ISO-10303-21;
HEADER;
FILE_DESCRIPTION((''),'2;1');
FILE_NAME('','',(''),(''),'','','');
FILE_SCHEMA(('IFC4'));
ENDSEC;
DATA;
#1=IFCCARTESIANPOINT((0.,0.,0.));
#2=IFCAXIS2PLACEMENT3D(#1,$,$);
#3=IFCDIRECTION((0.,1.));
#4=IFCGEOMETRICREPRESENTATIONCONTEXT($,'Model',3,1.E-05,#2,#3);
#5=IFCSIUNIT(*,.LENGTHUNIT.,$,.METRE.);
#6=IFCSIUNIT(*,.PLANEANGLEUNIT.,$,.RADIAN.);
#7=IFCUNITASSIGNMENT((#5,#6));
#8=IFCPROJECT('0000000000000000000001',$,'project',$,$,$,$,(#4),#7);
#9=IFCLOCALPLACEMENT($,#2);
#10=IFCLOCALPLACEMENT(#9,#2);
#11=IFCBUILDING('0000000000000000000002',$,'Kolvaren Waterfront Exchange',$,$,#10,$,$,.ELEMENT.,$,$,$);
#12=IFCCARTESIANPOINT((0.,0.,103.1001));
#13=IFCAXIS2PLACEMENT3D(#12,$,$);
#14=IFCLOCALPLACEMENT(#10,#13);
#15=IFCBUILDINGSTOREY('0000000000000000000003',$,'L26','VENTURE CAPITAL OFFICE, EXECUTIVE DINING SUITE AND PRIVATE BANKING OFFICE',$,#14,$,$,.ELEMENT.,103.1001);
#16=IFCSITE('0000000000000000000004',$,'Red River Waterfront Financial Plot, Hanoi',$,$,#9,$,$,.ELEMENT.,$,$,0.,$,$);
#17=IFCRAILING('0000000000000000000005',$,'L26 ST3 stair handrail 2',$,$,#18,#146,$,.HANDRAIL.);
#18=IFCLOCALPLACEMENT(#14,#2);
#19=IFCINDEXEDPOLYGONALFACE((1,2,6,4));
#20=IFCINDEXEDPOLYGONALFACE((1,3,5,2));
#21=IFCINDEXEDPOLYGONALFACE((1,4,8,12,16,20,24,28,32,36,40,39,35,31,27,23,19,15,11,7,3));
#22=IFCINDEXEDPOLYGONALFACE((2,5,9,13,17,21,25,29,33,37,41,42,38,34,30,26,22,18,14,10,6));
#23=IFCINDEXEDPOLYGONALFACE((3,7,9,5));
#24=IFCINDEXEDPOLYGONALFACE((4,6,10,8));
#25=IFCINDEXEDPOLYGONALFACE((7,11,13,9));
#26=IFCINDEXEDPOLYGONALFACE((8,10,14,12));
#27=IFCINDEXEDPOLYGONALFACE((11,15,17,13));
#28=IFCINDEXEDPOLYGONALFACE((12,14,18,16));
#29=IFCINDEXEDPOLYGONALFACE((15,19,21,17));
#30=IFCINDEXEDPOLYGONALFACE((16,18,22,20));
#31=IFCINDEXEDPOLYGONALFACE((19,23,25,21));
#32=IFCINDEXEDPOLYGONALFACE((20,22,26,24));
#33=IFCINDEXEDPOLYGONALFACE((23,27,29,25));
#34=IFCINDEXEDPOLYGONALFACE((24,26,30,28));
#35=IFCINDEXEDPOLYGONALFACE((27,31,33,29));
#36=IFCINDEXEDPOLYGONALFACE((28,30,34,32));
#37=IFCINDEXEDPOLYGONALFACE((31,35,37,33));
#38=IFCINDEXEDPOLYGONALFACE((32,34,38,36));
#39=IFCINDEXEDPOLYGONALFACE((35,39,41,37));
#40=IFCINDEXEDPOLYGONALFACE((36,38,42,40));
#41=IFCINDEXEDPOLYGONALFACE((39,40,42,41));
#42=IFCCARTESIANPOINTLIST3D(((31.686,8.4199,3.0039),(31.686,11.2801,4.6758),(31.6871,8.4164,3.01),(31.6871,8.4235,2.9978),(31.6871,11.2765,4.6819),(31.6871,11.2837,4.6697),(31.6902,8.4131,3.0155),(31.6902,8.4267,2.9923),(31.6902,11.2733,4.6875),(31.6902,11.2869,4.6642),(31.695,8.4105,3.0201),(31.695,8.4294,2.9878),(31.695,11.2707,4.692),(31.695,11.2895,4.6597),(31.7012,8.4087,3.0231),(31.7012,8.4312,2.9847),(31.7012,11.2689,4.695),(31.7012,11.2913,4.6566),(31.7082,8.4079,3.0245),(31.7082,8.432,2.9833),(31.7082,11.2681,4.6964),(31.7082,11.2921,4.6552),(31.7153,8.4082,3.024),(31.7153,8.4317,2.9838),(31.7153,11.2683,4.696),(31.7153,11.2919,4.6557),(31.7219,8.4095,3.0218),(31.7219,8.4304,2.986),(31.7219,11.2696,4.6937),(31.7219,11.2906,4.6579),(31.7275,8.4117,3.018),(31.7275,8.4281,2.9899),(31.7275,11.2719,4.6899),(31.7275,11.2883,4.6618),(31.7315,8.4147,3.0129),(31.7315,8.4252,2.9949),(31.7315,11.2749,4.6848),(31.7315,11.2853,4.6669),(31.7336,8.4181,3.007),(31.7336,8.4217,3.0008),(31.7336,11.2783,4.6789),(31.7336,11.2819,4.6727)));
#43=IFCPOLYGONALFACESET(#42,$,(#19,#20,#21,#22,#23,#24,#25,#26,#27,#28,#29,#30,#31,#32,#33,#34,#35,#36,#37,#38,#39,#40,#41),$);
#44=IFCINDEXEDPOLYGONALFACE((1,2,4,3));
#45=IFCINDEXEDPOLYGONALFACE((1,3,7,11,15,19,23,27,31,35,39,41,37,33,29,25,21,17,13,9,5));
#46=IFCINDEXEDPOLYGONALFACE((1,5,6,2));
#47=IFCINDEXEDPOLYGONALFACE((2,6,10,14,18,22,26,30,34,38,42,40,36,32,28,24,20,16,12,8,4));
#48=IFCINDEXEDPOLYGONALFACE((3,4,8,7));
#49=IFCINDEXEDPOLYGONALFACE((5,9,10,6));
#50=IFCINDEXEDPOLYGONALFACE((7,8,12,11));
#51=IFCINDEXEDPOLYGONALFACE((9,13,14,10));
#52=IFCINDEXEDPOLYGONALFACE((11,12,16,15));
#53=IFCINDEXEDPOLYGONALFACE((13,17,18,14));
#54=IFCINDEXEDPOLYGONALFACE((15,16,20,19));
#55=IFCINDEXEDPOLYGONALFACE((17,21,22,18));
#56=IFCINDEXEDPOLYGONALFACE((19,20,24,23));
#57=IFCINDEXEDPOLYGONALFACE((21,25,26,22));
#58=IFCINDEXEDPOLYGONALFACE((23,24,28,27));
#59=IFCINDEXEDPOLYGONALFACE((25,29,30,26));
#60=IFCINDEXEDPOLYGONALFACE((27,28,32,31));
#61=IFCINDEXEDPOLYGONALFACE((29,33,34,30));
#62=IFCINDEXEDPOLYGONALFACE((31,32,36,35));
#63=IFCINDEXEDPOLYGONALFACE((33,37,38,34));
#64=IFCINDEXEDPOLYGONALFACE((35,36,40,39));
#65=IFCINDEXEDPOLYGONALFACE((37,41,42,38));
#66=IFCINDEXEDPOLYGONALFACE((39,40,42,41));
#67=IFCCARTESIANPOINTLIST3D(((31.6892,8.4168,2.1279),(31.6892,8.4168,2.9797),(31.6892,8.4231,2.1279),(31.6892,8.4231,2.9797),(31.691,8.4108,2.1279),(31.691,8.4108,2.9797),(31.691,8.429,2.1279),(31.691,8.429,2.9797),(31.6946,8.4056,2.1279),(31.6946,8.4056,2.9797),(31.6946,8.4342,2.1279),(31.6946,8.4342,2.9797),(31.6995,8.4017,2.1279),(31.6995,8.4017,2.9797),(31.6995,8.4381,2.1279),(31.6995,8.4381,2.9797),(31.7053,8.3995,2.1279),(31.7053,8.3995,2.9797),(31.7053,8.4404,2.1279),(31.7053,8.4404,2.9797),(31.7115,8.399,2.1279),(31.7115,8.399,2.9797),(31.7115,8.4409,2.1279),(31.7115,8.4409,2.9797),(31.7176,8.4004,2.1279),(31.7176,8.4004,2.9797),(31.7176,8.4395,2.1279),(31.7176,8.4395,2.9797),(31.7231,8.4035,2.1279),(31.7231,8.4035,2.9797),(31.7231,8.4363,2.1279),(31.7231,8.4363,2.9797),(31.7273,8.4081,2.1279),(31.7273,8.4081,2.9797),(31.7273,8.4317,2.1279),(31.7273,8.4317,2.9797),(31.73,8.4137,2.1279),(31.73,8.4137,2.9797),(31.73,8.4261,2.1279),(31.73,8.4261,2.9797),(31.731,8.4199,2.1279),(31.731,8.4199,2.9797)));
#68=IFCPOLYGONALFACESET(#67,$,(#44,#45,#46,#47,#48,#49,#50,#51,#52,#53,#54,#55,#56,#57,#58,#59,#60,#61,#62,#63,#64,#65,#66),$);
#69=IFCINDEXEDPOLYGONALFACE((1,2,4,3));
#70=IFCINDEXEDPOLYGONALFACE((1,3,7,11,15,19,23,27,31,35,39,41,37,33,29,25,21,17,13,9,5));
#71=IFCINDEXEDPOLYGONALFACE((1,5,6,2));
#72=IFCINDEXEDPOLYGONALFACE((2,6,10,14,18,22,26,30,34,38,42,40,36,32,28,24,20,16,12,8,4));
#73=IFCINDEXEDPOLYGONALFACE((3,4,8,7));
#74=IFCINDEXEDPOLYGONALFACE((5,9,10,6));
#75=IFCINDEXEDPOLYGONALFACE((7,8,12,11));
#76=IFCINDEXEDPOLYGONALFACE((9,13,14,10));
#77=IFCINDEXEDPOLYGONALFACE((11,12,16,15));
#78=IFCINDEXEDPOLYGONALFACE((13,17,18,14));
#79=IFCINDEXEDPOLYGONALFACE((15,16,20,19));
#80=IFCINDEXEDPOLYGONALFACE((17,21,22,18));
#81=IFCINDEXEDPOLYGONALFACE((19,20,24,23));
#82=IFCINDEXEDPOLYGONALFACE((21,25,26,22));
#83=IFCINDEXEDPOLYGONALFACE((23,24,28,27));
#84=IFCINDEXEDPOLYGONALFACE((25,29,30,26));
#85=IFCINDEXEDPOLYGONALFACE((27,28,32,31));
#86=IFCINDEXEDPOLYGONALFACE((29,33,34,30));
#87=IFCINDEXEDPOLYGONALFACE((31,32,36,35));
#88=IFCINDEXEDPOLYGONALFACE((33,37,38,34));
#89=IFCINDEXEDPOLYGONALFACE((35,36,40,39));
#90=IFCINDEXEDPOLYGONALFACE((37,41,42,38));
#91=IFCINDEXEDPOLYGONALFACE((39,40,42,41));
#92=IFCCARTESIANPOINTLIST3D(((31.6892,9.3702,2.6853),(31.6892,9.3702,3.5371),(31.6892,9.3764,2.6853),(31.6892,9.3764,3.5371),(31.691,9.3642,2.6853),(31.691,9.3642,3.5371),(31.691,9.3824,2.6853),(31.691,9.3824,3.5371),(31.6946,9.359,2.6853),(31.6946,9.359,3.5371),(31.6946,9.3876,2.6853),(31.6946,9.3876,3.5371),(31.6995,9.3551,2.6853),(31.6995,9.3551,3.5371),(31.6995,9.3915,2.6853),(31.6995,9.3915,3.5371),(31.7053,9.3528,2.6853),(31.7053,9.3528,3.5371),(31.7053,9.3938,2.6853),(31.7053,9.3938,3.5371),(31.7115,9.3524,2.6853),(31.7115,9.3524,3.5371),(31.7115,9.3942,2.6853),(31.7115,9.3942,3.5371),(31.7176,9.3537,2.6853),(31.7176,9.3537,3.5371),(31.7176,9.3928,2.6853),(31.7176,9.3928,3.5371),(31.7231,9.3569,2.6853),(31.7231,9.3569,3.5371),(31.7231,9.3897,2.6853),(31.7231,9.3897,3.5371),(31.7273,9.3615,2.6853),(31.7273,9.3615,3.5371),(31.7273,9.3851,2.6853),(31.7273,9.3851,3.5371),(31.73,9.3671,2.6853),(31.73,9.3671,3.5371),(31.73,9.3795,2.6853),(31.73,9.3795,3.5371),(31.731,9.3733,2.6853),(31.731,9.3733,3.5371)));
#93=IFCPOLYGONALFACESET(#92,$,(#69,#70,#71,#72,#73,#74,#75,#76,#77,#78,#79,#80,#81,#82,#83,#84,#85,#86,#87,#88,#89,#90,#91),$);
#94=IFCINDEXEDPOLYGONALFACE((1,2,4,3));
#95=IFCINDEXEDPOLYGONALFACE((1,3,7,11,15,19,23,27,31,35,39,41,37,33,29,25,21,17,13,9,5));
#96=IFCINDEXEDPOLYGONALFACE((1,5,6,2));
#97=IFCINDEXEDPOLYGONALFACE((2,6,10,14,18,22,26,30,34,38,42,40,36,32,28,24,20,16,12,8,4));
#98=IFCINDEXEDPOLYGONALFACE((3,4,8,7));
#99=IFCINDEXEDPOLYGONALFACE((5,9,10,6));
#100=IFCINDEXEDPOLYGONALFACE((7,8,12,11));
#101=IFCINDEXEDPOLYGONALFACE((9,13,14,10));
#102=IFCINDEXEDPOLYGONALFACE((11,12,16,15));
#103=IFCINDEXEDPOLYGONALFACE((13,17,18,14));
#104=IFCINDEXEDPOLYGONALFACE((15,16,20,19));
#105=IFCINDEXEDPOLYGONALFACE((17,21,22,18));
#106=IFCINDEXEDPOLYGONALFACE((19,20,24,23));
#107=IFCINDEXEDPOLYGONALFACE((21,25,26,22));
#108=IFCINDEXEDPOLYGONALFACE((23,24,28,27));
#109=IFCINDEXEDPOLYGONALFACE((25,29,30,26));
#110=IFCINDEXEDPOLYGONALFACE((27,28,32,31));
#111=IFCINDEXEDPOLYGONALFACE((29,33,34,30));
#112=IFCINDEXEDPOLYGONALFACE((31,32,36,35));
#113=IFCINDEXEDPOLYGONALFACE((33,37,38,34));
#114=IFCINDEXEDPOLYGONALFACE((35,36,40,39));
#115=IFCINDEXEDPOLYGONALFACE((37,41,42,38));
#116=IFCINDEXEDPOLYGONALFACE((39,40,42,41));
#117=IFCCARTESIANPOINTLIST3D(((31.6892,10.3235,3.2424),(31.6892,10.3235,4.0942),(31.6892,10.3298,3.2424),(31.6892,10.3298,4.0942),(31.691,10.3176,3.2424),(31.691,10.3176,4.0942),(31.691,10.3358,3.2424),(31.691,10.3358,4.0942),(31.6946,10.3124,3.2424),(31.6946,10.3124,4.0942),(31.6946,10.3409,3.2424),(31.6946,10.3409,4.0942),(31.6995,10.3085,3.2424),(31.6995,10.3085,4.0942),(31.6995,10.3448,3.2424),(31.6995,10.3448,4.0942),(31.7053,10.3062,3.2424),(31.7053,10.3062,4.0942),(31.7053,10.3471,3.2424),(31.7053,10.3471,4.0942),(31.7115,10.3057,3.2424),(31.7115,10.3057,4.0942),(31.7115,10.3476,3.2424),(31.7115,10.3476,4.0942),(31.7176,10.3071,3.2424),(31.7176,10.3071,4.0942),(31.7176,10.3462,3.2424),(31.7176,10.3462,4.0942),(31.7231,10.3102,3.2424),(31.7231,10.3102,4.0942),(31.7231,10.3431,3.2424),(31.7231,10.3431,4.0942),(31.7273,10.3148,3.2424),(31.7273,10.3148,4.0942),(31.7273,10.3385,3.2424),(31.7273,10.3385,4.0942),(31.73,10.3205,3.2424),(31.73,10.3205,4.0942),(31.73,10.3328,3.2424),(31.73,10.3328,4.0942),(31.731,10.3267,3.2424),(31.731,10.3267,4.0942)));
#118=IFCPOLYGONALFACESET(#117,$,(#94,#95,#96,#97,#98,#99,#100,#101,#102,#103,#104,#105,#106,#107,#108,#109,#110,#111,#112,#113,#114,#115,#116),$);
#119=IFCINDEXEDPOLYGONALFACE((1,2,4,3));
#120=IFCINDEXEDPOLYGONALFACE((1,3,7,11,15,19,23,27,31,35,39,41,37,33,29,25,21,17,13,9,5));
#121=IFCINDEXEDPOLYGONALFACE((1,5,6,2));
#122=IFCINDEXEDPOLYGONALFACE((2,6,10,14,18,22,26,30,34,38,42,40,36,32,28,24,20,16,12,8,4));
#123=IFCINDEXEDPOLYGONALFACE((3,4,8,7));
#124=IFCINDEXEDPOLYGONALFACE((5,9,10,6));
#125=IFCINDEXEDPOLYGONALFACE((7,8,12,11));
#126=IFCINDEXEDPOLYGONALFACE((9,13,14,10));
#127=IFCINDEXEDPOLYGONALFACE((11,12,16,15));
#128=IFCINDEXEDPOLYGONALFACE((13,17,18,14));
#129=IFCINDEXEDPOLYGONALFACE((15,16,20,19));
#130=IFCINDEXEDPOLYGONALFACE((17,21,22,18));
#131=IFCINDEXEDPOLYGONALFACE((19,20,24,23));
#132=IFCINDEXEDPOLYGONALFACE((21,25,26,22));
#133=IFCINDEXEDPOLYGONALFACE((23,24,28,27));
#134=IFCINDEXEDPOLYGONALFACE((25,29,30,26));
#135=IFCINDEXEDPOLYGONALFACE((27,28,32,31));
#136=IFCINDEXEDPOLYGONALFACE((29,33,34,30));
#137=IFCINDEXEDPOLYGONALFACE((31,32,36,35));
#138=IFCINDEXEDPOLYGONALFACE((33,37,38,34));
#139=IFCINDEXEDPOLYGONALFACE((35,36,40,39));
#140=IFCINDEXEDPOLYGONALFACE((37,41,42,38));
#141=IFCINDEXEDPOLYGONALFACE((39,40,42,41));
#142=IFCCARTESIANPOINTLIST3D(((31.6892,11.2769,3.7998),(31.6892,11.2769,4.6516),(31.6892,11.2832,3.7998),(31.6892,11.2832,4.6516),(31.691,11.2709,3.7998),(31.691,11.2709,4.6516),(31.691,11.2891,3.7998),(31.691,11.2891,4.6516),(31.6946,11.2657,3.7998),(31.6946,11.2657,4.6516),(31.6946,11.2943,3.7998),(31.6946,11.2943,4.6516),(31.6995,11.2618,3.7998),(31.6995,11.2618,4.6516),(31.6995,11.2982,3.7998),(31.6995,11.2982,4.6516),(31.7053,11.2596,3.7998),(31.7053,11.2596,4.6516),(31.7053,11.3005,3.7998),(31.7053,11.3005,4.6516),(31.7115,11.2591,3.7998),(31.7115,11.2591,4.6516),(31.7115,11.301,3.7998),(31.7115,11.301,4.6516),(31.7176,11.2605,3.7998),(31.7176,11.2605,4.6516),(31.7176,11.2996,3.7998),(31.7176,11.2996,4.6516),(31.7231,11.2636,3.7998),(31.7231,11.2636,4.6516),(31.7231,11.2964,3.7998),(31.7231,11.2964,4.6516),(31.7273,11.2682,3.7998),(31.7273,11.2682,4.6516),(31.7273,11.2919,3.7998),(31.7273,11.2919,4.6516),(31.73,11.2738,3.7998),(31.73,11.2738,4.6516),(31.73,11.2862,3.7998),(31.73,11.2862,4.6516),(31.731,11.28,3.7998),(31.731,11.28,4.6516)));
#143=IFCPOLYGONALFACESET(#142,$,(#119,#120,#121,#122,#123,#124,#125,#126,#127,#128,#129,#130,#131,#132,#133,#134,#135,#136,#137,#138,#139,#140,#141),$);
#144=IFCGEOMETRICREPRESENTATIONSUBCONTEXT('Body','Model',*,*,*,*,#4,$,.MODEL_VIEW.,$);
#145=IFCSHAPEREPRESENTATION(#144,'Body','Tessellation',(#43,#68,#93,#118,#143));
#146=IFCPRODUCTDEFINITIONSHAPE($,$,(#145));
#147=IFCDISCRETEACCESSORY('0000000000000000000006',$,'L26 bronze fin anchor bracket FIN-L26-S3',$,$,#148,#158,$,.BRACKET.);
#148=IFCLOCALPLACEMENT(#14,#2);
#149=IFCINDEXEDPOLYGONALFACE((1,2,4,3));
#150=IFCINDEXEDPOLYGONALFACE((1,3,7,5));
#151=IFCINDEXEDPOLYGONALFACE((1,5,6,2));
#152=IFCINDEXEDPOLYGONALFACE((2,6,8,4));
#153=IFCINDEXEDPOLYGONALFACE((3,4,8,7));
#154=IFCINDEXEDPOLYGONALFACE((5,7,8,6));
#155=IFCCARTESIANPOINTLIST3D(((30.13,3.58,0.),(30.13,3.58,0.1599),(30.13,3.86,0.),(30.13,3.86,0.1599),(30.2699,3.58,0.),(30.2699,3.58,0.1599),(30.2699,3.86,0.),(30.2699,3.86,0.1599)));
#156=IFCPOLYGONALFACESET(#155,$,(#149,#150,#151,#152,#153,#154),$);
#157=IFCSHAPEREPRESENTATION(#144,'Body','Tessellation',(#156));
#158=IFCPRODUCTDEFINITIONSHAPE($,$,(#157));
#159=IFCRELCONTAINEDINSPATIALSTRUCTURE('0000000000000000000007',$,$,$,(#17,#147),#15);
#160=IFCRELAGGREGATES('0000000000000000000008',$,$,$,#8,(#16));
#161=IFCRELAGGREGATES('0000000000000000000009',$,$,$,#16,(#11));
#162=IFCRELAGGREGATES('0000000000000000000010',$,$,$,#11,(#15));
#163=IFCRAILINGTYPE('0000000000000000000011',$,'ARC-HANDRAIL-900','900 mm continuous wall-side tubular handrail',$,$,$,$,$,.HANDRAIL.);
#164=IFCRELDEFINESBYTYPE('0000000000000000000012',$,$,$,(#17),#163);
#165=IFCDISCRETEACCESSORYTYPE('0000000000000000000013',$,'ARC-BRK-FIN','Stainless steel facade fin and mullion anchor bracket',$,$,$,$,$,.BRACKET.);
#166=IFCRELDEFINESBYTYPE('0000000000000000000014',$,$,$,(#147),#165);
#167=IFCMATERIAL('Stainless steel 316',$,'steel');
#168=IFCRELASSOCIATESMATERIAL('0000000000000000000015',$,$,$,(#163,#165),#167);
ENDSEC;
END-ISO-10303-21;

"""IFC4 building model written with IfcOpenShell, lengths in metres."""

from ifc_helpers import new_model, si_unit, direction, frame, origin, origin_with_axes, origin_2d, place, context, subcontext, project, spatial, rectangle, circle, extrude, source, transform, mapped, material, type_object, element, save


model = new_model("IFC4")

# Units and contexts
model_context = context("Model", 3, precision=1e-05, world=origin(), true_north=direction((0.0, 1.0)))
body_context = subcontext(model_context, "Body", "Model", "MODEL_VIEW")
ifc_project = project(units=[si_unit("LENGTHUNIT", "METRE"), si_unit("PLANEANGLEUNIT", "RADIAN")], contexts=[model_context])

# Site, building, storey
site_placement = place(None, origin())
site = spatial("IfcSite", under=ifc_project, at=site_placement, Name="Red River Waterfront Financial Plot, Hanoi", CompositionType="ELEMENT", RefElevation=0.0)
building_placement = place(site_placement, origin())
building = spatial("IfcBuilding", under=site, at=building_placement, Name="Kolvaren Waterfront Exchange", CompositionType="ELEMENT")
storey_placement = place(building_placement, frame((0.0, 0.0, 103.1001)))
storey = spatial("IfcBuildingStorey", under=building, at=storey_placement, Name="L26", Description="VENTURE CAPITAL OFFICE, EXECUTIVE DINING SUITE AND PRIVATE BANKING OFFICE", CompositionType="ELEMENT", Elevation=103.1001)

# Railing
ifc_material_1 = material(Name="Stainless steel 316", Category="steel")
railing_type_1 = type_object("IfcRailingType", Name="ARC-HANDRAIL-900", Description="900 mm continuous wall-side tubular handrail", PredefinedType="HANDRAIL", material=ifc_material_1)
railing_1_placement = place(storey_placement, frame((31.71, 8.4199, 2.1279)))
element("IfcRailing", 1, at=railing_1_placement, inside=storey, type_object=railing_type_1, Name="L26 ST3 stair handrail 2", PredefinedType="HANDRAIL", context=body_context, shape_type="SweptSolid", body=[
    extrude(circle(Radius=0.0239, at=origin_2d()), frame((0.0, 0.0, 0.876), z_axis=(0.0, 0.863321, 0.504654), x_axis=(-1.0, 0.0, 0.0)), (0.0, 0.0, 1.0), 3.313),
    extrude(circle(Radius=0.021, at=origin_2d()), origin(), (0.0, 0.0, 1.0), 0.8518),
    extrude(circle(Radius=0.021, at=origin_2d()), frame((0.0, 0.9534, 0.5574)), (0.0, 0.0, 1.0), 0.8518),
    extrude(circle(Radius=0.021, at=origin_2d()), frame((0.0, 1.9067, 1.1145)), (0.0, 0.0, 1.0), 0.8518),
    extrude(circle(Radius=0.021, at=origin_2d()), frame((0.0, 2.8601, 1.6719)), (0.0, 0.0, 1.0), 0.8518),
])

# Discrete accessory
discrete_accessory_type = type_object("IfcDiscreteAccessoryType", Name="ARC-BRK-FIN", Description="Stainless steel facade fin and mullion anchor bracket", PredefinedType="BRACKET", material=ifc_material_1)
shared_shape_1 = source(origin_with_axes(), body_context, "Body", "SweptSolid", [
    extrude(rectangle(XDim=0.28, YDim=0.1399, at=origin_2d()), origin(), (0.0, 0.0, 1.0), 0.1599),
])
discrete_accessory_placement = place(storey_placement, frame((30.2, 3.72, 0.0), z_axis=(0.0, 0.0, 1.0), x_axis=(0.0, -1.0, 0.0)))
element("IfcDiscreteAccessory", 2, at=discrete_accessory_placement, inside=storey, type_object=discrete_accessory_type, Name="L26 bronze fin anchor bracket FIN-L26-S3", PredefinedType="BRACKET", context=body_context, shape_type="MappedRepresentation", body=[
    mapped(shared_shape_1, transform((0.0, 0.0, 0.0), x_axis=(1.0, 0.0, 0.0), y_axis=(0.0, 1.0, 0.0), z_axis=(0.0, 0.0, 1.0), scale=1.0)),
])

save(model, "model.ifc")
